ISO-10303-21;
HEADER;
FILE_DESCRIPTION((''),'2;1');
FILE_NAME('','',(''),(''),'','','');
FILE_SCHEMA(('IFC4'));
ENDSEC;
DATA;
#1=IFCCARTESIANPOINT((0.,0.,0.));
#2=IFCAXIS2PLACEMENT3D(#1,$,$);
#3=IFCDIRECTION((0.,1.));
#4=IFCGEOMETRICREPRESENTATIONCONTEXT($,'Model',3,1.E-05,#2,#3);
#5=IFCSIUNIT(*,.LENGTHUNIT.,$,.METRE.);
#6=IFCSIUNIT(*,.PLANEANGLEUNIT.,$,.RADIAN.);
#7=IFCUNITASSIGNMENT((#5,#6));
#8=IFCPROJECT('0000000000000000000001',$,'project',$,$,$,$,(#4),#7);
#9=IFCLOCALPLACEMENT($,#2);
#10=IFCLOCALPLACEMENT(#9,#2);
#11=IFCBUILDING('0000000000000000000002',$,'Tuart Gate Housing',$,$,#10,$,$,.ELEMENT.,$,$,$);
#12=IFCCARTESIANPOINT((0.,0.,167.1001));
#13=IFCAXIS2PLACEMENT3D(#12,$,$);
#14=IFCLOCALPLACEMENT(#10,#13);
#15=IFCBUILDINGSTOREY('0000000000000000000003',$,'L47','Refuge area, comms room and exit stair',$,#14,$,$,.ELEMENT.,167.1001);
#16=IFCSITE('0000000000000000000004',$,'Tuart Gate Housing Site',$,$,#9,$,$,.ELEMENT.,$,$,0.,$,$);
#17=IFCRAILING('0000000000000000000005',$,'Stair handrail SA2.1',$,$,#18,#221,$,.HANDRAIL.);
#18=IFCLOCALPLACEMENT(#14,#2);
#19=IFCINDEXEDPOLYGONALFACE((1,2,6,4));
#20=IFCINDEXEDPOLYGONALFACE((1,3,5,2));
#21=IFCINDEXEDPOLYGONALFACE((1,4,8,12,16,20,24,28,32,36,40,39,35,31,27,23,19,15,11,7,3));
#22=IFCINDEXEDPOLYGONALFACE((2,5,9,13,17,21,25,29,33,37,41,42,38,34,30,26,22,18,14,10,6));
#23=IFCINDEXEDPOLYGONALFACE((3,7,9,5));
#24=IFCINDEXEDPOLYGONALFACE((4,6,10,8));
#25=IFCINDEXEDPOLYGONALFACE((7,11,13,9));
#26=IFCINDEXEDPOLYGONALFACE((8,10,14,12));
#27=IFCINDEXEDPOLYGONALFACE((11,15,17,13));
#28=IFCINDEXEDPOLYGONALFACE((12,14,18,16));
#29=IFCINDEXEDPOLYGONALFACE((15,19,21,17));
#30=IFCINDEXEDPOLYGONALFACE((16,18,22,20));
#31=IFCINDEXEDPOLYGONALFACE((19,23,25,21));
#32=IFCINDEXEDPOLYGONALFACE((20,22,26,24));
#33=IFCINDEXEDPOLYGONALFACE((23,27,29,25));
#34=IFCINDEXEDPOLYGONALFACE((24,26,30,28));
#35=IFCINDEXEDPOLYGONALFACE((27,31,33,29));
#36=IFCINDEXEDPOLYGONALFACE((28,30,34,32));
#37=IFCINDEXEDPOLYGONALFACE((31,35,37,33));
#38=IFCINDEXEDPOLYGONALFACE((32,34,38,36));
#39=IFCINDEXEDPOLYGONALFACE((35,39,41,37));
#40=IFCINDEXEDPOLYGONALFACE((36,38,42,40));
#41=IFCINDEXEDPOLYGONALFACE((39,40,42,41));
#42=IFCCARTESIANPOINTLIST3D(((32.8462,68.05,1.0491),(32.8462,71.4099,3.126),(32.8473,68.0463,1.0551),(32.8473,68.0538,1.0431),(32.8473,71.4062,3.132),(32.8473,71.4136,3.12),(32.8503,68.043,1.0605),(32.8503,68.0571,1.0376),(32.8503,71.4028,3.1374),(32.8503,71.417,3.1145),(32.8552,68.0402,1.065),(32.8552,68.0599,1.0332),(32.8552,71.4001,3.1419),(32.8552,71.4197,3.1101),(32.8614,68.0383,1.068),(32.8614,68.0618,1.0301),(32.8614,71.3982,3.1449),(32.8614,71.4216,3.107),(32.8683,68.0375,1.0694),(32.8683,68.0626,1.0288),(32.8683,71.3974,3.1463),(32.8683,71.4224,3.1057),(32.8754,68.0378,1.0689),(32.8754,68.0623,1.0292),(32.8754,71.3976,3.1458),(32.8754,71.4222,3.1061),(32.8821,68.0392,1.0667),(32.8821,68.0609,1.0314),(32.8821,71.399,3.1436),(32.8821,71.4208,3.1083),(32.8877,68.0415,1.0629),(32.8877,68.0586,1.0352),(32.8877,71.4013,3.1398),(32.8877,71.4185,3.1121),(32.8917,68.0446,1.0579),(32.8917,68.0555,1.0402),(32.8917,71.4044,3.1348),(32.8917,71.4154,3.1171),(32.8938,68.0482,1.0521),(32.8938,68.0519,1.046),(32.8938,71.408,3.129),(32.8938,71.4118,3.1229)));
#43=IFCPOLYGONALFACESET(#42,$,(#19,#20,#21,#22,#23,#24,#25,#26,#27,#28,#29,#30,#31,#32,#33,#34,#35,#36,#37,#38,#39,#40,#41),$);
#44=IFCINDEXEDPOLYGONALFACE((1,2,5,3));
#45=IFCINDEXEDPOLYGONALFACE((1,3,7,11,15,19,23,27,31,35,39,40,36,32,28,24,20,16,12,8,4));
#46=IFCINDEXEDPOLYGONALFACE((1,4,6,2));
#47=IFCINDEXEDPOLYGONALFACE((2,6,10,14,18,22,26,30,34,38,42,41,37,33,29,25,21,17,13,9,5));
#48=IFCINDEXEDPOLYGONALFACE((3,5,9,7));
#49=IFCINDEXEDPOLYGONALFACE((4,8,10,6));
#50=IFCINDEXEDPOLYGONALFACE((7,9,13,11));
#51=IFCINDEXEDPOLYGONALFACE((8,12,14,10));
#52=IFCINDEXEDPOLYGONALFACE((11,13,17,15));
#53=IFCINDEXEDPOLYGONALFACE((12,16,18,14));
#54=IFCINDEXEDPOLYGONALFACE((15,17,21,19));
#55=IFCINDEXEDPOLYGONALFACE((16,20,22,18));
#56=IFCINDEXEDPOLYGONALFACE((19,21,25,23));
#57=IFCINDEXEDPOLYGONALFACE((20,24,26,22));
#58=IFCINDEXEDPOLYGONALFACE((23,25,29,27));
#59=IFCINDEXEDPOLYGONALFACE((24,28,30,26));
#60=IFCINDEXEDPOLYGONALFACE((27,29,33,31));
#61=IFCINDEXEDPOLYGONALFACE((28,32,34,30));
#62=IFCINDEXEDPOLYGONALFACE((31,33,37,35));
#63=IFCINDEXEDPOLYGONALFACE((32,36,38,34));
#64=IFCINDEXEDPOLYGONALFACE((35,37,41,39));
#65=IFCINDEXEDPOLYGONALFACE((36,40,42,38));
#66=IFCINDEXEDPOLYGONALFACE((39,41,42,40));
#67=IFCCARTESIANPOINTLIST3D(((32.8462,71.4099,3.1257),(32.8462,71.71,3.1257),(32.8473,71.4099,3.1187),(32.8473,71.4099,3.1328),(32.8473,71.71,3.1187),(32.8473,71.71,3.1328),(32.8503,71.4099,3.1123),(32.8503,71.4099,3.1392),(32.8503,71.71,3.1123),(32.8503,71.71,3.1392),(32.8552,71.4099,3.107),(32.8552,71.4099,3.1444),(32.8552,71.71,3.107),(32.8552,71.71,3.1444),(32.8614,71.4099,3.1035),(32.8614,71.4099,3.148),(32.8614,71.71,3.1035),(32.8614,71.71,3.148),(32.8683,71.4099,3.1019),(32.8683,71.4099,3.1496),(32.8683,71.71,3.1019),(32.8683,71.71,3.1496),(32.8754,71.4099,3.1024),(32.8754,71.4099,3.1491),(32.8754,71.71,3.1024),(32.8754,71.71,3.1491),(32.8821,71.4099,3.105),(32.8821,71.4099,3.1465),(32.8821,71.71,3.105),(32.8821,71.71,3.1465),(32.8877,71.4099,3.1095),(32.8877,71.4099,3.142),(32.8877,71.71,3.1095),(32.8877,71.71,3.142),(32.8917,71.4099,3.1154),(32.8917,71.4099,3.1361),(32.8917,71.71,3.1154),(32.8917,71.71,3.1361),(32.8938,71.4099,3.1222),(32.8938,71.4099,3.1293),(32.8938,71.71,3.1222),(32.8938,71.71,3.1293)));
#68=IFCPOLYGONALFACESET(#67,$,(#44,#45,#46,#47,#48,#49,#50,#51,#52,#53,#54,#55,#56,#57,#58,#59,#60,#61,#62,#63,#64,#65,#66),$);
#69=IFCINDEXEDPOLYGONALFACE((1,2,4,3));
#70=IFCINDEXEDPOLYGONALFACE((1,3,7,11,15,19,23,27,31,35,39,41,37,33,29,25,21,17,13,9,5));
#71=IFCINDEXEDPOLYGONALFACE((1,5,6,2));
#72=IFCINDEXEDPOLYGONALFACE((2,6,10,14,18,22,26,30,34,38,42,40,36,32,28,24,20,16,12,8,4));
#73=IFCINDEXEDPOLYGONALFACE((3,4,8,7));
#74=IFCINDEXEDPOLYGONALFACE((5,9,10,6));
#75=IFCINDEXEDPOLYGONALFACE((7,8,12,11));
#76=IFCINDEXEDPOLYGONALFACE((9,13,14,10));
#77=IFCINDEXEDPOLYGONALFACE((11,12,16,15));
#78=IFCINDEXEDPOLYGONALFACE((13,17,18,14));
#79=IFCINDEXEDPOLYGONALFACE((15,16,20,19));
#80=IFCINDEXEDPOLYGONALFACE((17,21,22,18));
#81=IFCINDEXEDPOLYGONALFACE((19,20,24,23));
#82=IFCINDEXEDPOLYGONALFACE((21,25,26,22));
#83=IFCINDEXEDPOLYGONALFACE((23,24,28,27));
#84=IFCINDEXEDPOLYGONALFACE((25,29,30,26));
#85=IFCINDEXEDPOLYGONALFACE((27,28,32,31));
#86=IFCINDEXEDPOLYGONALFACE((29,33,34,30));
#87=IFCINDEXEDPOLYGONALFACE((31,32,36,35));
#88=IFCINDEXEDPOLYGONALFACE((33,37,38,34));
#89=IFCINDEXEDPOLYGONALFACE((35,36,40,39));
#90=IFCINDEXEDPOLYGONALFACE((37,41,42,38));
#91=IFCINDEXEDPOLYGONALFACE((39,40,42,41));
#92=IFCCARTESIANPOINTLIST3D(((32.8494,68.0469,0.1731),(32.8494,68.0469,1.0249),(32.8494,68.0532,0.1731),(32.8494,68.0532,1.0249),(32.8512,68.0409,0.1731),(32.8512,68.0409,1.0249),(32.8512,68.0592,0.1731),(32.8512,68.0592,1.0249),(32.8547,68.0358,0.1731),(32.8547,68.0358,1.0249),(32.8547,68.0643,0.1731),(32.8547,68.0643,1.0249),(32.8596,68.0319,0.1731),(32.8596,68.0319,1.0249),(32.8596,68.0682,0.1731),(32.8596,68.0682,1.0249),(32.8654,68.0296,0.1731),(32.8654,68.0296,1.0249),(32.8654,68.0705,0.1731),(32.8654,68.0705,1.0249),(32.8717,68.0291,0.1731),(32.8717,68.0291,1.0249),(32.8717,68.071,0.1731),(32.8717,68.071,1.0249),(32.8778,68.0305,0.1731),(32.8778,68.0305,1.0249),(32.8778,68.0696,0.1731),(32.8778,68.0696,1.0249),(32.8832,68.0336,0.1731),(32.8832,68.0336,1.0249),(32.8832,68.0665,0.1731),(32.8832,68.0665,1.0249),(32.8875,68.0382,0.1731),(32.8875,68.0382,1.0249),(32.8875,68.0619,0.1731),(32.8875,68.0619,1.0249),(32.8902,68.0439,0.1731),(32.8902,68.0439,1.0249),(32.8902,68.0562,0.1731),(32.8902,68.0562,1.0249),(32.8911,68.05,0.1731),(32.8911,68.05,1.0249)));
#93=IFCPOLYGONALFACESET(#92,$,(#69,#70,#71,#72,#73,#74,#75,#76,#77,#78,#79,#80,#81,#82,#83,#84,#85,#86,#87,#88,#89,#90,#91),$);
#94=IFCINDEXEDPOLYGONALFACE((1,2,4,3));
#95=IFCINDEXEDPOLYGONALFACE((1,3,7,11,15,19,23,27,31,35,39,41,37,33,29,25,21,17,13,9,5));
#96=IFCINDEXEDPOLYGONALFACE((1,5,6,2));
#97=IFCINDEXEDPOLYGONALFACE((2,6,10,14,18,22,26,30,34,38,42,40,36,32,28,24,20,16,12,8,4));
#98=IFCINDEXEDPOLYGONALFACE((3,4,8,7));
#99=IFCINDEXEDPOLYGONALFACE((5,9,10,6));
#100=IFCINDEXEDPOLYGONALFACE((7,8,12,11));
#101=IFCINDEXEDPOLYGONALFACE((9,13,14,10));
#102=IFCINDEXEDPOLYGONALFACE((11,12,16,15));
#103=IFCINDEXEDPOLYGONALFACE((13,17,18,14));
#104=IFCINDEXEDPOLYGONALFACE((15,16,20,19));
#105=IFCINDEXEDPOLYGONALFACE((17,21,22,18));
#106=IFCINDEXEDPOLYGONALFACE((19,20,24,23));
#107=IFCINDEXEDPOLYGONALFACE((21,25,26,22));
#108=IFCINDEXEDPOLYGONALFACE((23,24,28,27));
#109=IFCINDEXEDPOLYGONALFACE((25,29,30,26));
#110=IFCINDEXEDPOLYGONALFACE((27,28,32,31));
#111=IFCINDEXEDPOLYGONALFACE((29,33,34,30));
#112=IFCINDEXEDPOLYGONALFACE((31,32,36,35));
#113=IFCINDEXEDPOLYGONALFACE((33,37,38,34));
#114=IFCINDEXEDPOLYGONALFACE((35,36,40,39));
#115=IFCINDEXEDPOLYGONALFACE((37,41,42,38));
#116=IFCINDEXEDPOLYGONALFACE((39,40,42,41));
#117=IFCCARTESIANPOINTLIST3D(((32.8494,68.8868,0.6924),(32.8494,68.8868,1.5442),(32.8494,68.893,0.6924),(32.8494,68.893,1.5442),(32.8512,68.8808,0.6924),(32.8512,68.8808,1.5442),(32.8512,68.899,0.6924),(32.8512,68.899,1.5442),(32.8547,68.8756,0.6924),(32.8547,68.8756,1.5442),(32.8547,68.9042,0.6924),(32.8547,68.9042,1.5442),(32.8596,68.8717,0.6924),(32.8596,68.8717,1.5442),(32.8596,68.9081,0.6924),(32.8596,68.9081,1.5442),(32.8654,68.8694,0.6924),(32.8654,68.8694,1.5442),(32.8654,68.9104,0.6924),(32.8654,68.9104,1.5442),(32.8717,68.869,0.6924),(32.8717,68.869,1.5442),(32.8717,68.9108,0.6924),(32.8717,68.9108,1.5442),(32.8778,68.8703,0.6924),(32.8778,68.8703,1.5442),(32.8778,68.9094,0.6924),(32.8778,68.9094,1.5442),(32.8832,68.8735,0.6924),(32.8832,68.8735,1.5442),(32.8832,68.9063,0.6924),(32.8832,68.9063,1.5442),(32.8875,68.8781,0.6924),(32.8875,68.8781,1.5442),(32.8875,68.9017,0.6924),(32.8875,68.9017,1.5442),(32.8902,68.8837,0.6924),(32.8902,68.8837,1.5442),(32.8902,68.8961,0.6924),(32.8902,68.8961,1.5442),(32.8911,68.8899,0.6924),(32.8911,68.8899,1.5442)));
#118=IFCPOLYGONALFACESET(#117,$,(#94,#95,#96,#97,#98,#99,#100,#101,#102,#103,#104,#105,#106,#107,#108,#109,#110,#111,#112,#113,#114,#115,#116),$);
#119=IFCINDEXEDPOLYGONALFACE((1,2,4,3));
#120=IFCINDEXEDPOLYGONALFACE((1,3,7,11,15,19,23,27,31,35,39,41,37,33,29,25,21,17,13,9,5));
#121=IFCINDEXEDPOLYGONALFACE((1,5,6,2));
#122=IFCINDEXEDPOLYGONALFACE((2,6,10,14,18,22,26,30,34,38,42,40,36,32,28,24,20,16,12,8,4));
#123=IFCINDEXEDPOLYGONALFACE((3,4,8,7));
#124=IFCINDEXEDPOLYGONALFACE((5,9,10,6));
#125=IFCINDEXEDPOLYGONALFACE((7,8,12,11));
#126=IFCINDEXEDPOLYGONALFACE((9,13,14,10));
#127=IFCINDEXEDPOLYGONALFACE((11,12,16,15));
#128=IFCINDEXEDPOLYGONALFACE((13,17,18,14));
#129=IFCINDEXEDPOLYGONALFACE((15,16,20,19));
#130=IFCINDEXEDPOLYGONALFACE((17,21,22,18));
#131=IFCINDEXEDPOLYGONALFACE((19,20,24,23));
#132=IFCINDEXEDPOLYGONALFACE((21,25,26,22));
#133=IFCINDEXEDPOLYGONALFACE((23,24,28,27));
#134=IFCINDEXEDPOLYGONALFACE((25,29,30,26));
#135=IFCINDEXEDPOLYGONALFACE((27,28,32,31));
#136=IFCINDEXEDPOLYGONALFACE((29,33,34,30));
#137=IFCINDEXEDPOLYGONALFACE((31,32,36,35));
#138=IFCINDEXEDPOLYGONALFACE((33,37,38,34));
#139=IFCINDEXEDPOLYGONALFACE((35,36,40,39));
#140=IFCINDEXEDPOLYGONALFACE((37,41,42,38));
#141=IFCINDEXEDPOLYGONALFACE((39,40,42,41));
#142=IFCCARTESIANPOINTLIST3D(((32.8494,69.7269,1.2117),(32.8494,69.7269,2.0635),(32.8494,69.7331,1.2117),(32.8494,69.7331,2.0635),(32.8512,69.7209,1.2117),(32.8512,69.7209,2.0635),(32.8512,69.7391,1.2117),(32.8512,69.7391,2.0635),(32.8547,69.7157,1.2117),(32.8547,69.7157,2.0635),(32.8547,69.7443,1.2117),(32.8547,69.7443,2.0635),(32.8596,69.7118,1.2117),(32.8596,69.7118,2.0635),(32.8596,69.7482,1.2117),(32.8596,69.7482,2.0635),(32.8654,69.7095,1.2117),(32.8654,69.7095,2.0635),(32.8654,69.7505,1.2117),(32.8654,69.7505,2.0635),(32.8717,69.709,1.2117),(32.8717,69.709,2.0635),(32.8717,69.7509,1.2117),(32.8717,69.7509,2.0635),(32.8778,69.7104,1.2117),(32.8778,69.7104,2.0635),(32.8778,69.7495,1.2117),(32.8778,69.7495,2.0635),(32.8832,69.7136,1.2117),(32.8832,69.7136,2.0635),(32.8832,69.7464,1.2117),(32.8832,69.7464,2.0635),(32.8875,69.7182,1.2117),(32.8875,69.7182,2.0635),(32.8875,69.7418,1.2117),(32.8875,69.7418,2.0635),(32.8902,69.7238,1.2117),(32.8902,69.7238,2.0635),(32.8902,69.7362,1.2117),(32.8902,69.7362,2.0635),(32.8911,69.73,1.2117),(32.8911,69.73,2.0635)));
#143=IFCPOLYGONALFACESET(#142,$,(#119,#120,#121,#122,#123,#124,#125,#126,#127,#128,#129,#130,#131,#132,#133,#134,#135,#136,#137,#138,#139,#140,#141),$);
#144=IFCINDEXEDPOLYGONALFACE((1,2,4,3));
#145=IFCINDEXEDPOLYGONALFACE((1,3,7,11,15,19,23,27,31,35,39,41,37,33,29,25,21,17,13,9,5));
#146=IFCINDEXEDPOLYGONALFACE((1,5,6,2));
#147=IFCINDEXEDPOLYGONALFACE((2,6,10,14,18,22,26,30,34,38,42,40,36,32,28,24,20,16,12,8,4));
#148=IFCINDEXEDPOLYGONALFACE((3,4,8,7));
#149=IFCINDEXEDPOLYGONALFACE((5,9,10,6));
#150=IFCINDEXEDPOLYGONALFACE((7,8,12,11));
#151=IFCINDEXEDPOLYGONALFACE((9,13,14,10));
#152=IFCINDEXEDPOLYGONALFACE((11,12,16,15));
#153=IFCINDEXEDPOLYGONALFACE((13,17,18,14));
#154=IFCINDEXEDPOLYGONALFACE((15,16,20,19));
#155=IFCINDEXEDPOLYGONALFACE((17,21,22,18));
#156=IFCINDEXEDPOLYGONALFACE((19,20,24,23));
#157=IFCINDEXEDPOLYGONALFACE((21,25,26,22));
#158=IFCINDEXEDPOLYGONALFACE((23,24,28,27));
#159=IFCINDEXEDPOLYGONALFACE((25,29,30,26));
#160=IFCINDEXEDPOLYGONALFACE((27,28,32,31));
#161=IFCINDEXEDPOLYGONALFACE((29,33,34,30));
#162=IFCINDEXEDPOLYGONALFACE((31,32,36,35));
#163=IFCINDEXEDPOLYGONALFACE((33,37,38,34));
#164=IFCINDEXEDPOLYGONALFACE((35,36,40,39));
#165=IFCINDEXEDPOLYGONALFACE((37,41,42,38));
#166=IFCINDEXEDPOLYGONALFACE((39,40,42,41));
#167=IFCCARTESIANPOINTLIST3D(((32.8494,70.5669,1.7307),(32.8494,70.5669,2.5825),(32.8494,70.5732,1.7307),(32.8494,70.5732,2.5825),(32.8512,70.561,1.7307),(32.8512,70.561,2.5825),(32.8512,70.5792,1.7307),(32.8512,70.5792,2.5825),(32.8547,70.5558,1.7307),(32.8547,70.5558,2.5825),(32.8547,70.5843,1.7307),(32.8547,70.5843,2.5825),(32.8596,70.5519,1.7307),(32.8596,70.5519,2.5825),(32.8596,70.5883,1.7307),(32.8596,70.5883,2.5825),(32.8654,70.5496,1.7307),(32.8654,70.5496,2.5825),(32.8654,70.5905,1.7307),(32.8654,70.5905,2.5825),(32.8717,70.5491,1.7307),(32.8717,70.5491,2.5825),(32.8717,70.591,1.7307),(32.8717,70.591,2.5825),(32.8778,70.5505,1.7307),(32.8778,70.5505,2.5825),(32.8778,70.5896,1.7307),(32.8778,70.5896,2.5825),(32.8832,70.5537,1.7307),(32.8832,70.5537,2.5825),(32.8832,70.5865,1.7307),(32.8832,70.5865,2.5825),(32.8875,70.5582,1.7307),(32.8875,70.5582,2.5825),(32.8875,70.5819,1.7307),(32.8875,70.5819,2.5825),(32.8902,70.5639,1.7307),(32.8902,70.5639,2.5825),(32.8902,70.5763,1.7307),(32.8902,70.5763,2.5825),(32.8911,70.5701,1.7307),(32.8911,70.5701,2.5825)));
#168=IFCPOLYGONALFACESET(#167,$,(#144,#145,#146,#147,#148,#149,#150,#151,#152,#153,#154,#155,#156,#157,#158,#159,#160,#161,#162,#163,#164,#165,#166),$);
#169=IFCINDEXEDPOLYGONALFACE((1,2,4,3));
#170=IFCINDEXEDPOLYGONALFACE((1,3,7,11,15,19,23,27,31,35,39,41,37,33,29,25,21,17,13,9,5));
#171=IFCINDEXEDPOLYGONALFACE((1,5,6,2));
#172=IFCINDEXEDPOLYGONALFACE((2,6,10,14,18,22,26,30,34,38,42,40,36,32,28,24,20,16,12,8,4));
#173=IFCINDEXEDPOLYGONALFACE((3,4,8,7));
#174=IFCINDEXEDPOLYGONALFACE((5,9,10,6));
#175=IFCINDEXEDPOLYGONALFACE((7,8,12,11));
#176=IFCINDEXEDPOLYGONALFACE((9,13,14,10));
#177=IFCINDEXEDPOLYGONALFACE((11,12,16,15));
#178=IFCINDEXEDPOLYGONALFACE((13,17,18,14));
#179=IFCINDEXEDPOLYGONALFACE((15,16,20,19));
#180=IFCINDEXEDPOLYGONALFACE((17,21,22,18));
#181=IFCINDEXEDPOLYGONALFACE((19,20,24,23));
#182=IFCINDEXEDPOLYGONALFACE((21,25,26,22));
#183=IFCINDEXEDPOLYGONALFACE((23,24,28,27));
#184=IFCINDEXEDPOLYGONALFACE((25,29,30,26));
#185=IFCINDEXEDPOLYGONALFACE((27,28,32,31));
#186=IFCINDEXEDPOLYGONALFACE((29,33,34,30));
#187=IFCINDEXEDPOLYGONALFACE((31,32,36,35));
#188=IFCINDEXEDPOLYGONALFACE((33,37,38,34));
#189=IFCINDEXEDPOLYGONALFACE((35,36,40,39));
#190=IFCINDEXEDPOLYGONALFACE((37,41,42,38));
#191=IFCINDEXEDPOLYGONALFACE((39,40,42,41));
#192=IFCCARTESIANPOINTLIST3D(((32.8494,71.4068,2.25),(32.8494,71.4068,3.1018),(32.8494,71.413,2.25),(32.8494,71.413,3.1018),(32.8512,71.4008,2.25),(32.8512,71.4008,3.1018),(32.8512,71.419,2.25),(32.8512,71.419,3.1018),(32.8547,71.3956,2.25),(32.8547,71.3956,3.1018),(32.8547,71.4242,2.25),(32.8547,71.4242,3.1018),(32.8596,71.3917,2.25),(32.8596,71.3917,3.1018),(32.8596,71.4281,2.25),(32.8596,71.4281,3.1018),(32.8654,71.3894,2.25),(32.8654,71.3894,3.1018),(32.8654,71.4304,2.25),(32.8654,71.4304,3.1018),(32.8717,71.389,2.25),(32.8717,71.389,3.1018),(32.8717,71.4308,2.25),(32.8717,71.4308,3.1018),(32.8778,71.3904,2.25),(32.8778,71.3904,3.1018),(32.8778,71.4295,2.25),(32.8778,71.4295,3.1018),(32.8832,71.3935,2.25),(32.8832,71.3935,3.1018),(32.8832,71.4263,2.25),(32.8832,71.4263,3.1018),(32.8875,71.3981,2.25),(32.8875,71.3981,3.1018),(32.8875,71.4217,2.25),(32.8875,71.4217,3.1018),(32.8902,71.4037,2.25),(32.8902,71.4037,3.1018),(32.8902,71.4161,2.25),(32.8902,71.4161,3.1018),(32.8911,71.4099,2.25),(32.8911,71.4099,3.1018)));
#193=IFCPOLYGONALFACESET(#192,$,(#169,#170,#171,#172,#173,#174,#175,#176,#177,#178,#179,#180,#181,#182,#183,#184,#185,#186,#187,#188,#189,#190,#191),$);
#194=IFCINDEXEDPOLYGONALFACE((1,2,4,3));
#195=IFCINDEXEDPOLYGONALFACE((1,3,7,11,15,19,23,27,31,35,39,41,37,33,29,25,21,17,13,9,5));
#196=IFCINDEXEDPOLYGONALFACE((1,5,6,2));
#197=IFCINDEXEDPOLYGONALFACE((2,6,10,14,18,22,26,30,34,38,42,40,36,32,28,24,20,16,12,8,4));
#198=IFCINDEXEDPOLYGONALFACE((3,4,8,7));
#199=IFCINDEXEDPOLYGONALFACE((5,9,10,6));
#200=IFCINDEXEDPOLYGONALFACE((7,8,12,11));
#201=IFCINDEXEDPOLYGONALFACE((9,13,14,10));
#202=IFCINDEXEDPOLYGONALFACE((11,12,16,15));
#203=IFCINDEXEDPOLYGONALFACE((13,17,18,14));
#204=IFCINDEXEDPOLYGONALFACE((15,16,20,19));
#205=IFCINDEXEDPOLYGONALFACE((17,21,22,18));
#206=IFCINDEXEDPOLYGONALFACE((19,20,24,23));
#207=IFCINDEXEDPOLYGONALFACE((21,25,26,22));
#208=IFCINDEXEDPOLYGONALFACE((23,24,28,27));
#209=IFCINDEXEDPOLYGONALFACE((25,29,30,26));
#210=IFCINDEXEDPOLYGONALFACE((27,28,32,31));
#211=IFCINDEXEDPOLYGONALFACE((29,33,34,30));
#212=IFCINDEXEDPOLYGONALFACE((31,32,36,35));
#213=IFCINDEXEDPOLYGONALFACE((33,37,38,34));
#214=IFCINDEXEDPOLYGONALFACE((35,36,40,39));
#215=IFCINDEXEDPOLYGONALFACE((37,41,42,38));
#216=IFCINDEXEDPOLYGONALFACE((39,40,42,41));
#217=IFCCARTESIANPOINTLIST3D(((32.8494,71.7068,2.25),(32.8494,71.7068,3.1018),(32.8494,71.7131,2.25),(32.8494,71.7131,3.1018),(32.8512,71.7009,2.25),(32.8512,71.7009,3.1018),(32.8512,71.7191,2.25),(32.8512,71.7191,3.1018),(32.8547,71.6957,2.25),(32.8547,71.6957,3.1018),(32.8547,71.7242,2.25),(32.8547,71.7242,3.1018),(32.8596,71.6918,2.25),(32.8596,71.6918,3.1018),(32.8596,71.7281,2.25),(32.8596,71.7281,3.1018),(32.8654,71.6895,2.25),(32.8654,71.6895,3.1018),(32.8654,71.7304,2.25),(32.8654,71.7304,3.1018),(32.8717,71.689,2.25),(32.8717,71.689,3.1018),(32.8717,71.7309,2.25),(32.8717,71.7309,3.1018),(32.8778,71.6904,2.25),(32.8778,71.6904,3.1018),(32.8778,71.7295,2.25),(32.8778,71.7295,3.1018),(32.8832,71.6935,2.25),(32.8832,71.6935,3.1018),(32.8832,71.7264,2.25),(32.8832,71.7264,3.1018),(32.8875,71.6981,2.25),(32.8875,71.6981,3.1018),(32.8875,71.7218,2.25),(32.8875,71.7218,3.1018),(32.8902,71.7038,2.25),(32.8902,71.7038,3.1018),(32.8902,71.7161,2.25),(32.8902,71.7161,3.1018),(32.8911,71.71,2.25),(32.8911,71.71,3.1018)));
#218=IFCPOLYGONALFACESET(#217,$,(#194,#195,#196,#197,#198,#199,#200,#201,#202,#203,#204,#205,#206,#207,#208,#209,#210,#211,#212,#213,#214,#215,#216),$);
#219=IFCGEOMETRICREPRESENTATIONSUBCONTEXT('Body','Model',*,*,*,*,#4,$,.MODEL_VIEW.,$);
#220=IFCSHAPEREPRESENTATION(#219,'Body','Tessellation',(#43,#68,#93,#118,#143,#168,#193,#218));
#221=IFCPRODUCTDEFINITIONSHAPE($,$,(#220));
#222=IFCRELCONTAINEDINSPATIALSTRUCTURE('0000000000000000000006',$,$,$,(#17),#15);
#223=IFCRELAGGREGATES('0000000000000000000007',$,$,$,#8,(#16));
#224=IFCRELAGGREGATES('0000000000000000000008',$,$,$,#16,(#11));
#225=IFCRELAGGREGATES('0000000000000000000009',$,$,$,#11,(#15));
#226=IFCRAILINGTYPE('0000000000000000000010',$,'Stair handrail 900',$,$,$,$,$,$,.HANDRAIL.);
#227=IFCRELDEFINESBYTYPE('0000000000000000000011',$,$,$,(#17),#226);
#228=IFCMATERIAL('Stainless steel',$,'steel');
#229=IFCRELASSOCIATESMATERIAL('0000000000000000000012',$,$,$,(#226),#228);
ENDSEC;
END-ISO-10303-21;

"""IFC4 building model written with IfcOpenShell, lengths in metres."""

from ifc_helpers import new_model, si_unit, direction, frame, origin, origin_2d, place, context, subcontext, project, spatial, circle, extrude, material, type_object, element, save


model = new_model("IFC4")

# Units and contexts
model_context = context("Model", 3, precision=1e-05, world=origin(), true_north=direction((0.0, 1.0)))
body_context = subcontext(model_context, "Body", "Model", "MODEL_VIEW")
ifc_project = project(units=[si_unit("LENGTHUNIT", "METRE"), si_unit("PLANEANGLEUNIT", "RADIAN")], contexts=[model_context])

# Site, building, storey
site_placement = place(None, origin())
site = spatial("IfcSite", under=ifc_project, at=site_placement, Name="Tuart Gate Housing Site", CompositionType="ELEMENT", RefElevation=0.0)
building_placement = place(site_placement, origin())
building = spatial("IfcBuilding", under=site, at=building_placement, Name="Tuart Gate Housing", CompositionType="ELEMENT")
storey_placement = place(building_placement, frame((0.0, 0.0, 167.1001)))
storey = spatial("IfcBuildingStorey", under=building, at=storey_placement, Name="L47", Description="Refuge area, comms room and exit stair", CompositionType="ELEMENT", Elevation=167.1001)

# Railing
ifc_material_1 = material(Name="Stainless steel", Category="steel")
railing_type = type_object("IfcRailingType", Name="Stair handrail 900", PredefinedType="HANDRAIL", material=ifc_material_1)
railing_placement = place(storey_placement, frame((32.8701, 68.05, 0.1731)))
element("IfcRailing", 1, at=railing_placement, inside=storey, type_object=railing_type, Name="Stair handrail SA2.1", PredefinedType="HANDRAIL", context=body_context, shape_type="SweptSolid", body=[
    extrude(circle(Radius=0.0239, at=origin_2d()), frame((0.0, 0.0, 0.876), z_axis=(0.0, 0.850606, 0.525803), x_axis=(-1.0, 0.0, 0.0)), (0.0, 0.0, 1.0), 3.95),
    extrude(circle(Radius=0.0239, at=origin_2d()), frame((0.0, 3.3599, 2.9526), z_axis=(0.0, 1.0, 0.0), x_axis=(-1.0, 0.0, 0.0)), (0.0, 0.0, 1.0), 0.3),
    extrude(circle(Radius=0.021, at=origin_2d()), origin(), (0.0, 0.0, 1.0), 0.8518),
    extrude(circle(Radius=0.021, at=origin_2d()), frame((0.0, 0.8398, 0.5193)), (0.0, 0.0, 1.0), 0.8518),
    extrude(circle(Radius=0.021, at=origin_2d()), frame((0.0, 1.6799, 1.0386)), (0.0, 0.0, 1.0), 0.8518),
    extrude(circle(Radius=0.021, at=origin_2d()), frame((0.0, 2.52, 1.5576)), (0.0, 0.0, 1.0), 0.8518),
    extrude(circle(Radius=0.021, at=origin_2d()), frame((0.0, 3.3599, 2.0769)), (0.0, 0.0, 1.0), 0.8518),
    extrude(circle(Radius=0.021, at=origin_2d()), frame((0.0, 3.6599, 2.0769)), (0.0, 0.0, 1.0), 0.8518),
])

save(model, "model.ifc")
